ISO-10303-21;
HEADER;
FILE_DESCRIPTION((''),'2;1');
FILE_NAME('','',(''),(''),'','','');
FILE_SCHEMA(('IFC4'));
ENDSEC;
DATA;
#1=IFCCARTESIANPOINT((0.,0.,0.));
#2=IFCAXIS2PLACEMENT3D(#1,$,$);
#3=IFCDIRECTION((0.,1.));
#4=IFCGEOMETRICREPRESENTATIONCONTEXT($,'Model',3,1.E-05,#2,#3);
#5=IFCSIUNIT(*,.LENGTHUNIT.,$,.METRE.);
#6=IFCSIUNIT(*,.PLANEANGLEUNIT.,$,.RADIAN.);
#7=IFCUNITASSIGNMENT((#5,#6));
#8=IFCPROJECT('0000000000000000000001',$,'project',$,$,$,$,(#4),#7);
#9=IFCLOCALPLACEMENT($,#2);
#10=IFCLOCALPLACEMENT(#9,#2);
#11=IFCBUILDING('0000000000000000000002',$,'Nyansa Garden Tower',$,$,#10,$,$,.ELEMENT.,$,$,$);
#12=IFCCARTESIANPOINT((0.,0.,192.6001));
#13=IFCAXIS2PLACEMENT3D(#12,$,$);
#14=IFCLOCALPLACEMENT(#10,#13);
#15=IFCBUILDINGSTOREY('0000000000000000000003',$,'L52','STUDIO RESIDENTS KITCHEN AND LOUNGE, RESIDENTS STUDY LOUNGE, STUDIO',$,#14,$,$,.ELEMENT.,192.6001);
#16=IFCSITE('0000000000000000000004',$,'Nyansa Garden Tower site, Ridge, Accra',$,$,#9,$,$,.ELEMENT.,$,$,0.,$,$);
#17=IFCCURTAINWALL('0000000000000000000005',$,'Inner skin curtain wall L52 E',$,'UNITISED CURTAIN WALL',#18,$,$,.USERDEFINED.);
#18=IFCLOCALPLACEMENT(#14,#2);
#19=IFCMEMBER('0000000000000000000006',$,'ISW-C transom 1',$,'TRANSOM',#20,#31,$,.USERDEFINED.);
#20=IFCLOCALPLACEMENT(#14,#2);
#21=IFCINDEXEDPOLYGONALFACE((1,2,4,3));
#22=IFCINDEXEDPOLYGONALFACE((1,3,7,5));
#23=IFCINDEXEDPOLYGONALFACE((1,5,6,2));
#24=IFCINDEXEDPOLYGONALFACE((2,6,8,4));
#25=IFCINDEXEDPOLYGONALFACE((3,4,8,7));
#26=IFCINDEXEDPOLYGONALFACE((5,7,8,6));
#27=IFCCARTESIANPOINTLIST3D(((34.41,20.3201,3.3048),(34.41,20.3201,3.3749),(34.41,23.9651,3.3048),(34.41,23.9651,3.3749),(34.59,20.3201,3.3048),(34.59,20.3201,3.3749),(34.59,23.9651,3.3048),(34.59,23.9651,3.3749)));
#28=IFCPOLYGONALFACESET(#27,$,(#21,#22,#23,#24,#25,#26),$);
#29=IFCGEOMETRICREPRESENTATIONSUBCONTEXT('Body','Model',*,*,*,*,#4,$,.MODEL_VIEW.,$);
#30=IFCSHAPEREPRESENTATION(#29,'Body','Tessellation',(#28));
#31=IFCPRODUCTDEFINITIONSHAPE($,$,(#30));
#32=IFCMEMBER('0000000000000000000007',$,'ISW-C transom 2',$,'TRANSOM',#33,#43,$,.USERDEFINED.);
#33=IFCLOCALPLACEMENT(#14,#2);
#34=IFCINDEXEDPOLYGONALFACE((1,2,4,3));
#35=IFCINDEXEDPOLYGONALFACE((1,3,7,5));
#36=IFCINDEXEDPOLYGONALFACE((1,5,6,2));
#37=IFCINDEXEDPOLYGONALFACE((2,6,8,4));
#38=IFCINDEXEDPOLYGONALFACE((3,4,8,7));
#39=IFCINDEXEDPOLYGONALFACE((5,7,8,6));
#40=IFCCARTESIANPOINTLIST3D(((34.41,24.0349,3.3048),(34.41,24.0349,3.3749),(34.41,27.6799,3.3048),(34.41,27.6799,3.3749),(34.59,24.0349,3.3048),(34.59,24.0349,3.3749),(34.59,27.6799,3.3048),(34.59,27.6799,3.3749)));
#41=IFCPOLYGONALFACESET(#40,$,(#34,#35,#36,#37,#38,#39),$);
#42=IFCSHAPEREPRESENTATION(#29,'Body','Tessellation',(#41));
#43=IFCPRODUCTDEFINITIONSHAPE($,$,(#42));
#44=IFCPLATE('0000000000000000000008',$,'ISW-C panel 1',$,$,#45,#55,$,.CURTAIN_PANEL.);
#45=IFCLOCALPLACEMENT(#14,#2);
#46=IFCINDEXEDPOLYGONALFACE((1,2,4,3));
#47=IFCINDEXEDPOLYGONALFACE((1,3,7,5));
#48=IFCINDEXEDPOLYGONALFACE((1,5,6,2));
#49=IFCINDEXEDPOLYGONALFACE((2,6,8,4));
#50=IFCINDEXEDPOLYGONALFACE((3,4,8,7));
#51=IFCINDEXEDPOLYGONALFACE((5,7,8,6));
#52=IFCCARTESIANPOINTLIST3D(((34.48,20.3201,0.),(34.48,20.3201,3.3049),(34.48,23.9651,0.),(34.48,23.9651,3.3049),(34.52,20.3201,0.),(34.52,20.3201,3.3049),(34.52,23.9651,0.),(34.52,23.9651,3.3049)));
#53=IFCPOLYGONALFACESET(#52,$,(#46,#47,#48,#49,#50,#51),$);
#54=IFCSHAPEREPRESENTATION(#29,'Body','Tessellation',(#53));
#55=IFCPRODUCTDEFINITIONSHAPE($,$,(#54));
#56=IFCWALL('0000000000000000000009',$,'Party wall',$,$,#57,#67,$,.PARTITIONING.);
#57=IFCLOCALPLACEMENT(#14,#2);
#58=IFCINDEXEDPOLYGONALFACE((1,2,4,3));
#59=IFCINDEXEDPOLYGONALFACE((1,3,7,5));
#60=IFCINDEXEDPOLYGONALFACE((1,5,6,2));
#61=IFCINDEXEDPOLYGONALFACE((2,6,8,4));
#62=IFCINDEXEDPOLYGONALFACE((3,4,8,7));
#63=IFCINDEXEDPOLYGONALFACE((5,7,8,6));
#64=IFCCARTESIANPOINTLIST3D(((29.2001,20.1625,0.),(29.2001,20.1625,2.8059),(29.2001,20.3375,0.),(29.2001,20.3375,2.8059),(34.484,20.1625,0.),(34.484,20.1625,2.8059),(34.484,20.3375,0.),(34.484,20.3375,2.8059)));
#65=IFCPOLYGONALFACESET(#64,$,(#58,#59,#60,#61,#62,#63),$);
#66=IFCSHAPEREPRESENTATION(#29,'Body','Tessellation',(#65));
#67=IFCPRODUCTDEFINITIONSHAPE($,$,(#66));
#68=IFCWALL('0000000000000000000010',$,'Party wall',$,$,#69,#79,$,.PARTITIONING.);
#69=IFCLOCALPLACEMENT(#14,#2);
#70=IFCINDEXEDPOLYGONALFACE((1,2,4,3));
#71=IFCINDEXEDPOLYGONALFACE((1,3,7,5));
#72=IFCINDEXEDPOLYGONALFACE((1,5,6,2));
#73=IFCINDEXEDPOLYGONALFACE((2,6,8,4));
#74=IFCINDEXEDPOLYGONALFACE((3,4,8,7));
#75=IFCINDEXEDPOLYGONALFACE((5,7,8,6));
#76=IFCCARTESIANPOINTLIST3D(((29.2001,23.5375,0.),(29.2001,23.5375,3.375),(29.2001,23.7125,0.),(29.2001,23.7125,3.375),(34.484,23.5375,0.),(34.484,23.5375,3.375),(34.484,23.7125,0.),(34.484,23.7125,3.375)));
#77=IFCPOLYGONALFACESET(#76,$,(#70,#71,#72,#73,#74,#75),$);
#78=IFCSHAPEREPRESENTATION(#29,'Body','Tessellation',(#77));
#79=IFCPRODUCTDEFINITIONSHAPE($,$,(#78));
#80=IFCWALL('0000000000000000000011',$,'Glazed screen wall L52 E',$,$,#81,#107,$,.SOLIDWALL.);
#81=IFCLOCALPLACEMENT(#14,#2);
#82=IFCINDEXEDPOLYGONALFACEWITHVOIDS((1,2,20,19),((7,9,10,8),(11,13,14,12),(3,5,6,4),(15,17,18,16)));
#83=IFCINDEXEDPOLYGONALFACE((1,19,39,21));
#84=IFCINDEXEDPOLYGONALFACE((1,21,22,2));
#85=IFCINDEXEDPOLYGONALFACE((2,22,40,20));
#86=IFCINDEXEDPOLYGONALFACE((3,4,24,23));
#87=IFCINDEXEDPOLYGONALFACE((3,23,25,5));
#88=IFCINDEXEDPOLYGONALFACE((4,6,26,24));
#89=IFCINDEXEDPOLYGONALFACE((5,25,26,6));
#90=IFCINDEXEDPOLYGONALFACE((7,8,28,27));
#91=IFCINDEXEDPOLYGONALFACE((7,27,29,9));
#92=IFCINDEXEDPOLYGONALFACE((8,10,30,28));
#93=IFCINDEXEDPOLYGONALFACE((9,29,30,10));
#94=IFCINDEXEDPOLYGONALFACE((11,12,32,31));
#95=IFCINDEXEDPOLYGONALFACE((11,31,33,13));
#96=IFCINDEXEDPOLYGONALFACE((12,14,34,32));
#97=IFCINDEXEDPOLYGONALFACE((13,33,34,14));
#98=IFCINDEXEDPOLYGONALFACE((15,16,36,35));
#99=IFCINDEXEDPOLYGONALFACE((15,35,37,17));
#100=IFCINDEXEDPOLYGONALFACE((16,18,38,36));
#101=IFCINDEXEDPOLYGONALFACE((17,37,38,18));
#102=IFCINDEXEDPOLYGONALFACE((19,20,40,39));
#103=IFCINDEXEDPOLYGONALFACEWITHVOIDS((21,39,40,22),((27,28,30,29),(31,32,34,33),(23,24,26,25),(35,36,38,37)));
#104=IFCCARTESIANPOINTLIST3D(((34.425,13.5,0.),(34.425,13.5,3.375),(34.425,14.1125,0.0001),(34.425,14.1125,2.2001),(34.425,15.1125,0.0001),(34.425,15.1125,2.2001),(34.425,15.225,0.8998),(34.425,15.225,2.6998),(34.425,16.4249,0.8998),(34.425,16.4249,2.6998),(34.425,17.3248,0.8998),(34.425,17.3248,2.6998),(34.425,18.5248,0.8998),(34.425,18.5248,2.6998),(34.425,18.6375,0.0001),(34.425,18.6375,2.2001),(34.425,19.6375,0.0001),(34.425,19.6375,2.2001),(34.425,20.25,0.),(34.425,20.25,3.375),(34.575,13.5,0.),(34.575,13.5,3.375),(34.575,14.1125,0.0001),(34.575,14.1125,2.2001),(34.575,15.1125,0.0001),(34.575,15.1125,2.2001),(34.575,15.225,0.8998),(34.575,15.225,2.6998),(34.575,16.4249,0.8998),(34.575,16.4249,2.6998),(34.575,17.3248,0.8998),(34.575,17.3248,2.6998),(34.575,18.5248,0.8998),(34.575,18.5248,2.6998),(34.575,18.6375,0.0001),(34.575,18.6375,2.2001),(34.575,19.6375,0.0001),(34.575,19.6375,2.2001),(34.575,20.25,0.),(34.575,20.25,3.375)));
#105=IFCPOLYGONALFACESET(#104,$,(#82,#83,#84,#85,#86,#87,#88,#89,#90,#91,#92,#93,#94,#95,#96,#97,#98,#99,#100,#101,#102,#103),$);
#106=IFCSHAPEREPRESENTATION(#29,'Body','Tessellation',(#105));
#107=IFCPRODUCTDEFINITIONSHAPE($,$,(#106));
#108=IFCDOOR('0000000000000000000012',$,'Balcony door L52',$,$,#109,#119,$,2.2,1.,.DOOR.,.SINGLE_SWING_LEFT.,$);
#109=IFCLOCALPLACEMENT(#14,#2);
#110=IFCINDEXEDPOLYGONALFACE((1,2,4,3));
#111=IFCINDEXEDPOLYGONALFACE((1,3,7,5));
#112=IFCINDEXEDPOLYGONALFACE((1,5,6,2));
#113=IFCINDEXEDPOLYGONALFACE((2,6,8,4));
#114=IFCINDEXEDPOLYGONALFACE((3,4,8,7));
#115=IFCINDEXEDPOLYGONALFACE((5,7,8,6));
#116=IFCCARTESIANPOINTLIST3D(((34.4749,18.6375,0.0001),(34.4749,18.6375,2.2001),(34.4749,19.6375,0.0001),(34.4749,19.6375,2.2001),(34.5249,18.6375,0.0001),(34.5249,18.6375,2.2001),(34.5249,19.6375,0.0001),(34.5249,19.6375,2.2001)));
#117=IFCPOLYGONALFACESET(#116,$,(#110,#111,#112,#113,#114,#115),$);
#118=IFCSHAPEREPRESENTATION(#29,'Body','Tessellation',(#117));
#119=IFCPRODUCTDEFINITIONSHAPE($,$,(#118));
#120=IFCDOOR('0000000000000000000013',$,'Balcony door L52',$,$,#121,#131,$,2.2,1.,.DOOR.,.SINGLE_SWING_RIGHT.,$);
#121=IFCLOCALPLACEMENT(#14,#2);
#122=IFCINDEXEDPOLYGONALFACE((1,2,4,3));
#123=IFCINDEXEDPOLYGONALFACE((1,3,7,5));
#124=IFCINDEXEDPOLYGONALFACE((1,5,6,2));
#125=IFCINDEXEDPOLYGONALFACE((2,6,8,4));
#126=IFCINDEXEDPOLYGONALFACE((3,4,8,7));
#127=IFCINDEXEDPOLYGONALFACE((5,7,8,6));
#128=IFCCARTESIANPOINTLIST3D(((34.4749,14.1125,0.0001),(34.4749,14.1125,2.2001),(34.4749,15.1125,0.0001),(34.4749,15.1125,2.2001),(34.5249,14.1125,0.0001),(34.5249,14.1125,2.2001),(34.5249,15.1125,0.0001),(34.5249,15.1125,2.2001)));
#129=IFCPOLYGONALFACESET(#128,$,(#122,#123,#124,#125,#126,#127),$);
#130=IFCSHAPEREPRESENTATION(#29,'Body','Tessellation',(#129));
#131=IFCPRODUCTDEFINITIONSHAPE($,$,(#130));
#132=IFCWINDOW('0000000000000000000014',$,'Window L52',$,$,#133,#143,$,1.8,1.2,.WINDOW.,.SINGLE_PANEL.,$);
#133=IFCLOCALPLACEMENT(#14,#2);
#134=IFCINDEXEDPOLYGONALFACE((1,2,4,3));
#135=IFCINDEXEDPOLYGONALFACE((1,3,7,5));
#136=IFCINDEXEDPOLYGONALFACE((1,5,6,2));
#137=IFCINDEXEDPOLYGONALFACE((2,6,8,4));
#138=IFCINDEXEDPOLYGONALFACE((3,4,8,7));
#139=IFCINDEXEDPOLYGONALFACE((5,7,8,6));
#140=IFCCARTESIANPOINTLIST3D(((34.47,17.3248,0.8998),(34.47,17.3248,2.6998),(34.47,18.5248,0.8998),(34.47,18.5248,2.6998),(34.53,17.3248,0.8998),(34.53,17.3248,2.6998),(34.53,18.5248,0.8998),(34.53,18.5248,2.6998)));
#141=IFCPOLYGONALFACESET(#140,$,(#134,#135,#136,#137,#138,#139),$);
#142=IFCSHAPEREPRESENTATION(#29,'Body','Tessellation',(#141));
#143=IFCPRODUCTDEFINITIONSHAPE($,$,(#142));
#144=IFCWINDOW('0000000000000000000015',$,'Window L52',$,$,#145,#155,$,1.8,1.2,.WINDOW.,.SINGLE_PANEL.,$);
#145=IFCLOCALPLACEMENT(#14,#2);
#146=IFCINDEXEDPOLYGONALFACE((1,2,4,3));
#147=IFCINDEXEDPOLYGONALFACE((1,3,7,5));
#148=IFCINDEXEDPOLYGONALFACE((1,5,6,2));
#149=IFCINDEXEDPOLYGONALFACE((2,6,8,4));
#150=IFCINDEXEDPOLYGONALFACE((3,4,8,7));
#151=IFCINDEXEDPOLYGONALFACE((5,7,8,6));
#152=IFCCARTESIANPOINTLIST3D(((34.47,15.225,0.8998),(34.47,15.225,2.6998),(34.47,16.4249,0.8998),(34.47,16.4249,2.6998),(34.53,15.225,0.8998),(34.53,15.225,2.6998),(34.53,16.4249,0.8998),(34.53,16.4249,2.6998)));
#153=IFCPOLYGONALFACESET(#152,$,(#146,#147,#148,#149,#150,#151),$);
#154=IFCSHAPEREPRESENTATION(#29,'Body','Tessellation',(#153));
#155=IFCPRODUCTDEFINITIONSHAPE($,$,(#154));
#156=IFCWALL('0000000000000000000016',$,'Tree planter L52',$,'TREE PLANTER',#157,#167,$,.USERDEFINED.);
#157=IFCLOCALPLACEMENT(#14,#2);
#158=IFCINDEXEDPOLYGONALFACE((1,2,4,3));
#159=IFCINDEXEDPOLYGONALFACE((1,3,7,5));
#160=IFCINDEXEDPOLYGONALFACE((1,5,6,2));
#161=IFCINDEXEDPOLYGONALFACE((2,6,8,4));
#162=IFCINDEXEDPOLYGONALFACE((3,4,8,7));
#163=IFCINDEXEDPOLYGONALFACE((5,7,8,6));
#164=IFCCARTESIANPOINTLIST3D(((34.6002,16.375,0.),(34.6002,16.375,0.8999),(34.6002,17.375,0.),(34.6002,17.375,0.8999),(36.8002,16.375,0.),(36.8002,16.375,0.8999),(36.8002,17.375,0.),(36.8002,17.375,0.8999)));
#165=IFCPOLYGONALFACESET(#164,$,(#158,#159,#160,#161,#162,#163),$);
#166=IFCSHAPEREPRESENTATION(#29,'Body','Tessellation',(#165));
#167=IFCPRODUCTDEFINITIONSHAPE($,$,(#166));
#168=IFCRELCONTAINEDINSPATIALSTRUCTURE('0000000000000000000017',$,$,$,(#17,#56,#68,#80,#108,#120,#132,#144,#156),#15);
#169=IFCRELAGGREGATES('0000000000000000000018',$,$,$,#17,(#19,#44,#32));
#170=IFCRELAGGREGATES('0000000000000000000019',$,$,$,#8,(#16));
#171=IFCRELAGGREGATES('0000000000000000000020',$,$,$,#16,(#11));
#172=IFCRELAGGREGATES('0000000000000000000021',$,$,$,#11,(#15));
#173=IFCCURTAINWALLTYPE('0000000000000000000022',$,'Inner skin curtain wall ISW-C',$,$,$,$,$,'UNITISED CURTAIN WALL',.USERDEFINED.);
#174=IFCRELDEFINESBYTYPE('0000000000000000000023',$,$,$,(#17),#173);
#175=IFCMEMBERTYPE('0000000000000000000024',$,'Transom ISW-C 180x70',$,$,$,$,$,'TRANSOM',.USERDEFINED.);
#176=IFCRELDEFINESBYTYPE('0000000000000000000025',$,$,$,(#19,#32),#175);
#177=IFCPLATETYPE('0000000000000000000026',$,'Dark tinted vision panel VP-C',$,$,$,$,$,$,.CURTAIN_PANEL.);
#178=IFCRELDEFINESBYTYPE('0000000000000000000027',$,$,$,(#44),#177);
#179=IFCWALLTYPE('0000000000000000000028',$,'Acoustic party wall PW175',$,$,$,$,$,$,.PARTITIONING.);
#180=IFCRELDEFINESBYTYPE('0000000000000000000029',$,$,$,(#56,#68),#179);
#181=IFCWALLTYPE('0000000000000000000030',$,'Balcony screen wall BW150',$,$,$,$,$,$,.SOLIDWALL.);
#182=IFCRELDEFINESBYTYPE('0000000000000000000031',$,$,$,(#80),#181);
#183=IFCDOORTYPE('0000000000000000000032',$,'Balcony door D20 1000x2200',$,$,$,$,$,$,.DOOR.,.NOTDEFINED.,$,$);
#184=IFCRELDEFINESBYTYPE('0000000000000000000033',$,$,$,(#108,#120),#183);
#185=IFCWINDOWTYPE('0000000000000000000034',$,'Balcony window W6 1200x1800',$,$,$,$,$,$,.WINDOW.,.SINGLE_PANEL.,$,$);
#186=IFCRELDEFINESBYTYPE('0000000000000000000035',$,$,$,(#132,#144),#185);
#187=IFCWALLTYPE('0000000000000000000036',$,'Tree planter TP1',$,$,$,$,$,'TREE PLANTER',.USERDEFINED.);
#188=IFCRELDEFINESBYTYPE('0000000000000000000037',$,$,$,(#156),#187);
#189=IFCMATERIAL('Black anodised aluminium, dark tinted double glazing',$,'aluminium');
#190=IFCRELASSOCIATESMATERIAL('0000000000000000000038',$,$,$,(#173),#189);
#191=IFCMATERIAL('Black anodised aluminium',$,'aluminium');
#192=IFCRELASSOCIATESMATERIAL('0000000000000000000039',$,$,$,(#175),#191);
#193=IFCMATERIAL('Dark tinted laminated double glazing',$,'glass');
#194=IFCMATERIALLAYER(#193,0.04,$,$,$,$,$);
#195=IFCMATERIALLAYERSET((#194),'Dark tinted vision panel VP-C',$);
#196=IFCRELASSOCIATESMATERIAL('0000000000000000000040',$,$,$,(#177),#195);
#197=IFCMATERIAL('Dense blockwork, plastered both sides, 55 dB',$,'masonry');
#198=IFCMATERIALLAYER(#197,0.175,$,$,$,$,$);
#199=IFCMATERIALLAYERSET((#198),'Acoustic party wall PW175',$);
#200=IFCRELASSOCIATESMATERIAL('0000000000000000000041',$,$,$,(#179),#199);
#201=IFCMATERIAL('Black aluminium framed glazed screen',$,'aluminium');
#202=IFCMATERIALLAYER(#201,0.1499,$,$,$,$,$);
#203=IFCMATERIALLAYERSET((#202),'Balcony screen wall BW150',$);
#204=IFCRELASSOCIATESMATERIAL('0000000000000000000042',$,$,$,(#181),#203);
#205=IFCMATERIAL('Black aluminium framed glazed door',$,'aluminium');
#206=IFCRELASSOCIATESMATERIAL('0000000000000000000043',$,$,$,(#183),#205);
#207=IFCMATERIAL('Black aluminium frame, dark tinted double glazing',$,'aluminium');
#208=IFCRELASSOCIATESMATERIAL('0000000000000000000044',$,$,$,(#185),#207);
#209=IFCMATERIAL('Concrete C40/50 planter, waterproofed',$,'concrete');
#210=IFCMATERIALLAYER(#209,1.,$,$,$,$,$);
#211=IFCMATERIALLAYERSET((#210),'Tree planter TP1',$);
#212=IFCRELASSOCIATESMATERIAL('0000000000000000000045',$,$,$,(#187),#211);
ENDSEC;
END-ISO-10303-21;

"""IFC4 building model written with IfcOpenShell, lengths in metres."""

from ifc_helpers import new_model, si_unit, direction, frame, frame_2d, origin, origin_2d, place, context, subcontext, project, spatial, rectangle, extrude, material, layer, layer_set, material_profile, profile_set, type_object, element, fill, aggregate, save


model = new_model("IFC4")

# Units and contexts
model_context = context("Model", 3, precision=1e-05, world=origin(), true_north=direction((0.0, 1.0)))
body_context = subcontext(model_context, "Body", "Model", "MODEL_VIEW")
ifc_project = project(units=[si_unit("LENGTHUNIT", "METRE"), si_unit("PLANEANGLEUNIT", "RADIAN")], contexts=[model_context])

# Site, building, storey
site_placement = place(None, origin())
site = spatial("IfcSite", under=ifc_project, at=site_placement, Name="Nyansa Garden Tower site, Ridge, Accra", CompositionType="ELEMENT", RefElevation=0.0)
building_placement = place(site_placement, origin())
building = spatial("IfcBuilding", under=site, at=building_placement, Name="Nyansa Garden Tower", CompositionType="ELEMENT")
storey_placement = place(building_placement, frame((0.0, 0.0, 192.6001)))
storey = spatial("IfcBuildingStorey", under=building, at=storey_placement, Name="L52", Description="STUDIO RESIDENTS KITCHEN AND LOUNGE, RESIDENTS STUDY LOUNGE, STUDIO", CompositionType="ELEMENT", Elevation=192.6001)

# Curtain wall
ifc_material_1 = material(Name="Black anodised aluminium, dark tinted double glazing", Category="aluminium")
curtain_wall_type = type_object("IfcCurtainWallType", Name="Inner skin curtain wall ISW-C", ElementType="UNITISED CURTAIN WALL", PredefinedType="USERDEFINED", material=ifc_material_1)
curtain_wall_placement = place(storey_placement, origin())
curtain_wall = element("IfcCurtainWall", 1, at=curtain_wall_placement, inside=storey, type_object=curtain_wall_type, Name="Inner skin curtain wall L52 E", ObjectType="UNITISED CURTAIN WALL", PredefinedType="USERDEFINED")

# Members
ifc_material_2 = material(Name="Black anodised aluminium", Category="aluminium")
ifc_material_profile_1 = material_profile(ifc_material_2, rectangle(XDim=0.1799, YDim=0.0701, at=origin_2d()), Name="Transom 180x70")
ifc_profile_set_1 = profile_set([ifc_material_profile_1], Name="Black anodised aluminium")
member_type_1 = type_object("IfcMemberType", Name="Transom ISW-C 180x70", ElementType="TRANSOM", PredefinedType="USERDEFINED", material=ifc_profile_set_1)
member_1_placement = place(storey_placement, frame((34.5, 20.3201, 3.3398), z_axis=(0.0, 1.0, 0.0), x_axis=(-1.0, 0.0, 0.0)))
member_1 = element("IfcMember", 2, at=member_1_placement, type_object=member_type_1, Name="ISW-C transom 1", ObjectType="TRANSOM", PredefinedType="USERDEFINED", context=body_context, shape_type="SweptSolid", body=[
    extrude(rectangle(XDim=0.1799, YDim=0.0701, at=origin_2d()), origin(), (0.0, 0.0, 1.0), 3.645),
])
member_2_placement = place(storey_placement, frame((34.5, 24.0349, 3.3398), z_axis=(0.0, 1.0, 0.0), x_axis=(-1.0, 0.0, 0.0)))
member_2 = element("IfcMember", 3, at=member_2_placement, type_object=member_type_1, Name="ISW-C transom 2", ObjectType="TRANSOM", PredefinedType="USERDEFINED", context=body_context, shape_type="SweptSolid", body=[
    extrude(rectangle(XDim=0.1799, YDim=0.0701, at=origin_2d()), origin(), (0.0, 0.0, 1.0), 3.645),
])

# Plate
ifc_material_3 = material(Name="Dark tinted laminated double glazing", Category="glass")
ifc_layer_1 = layer(ifc_material_3, 0.04)
ifc_layer_set_1 = layer_set([ifc_layer_1], Name="Dark tinted vision panel VP-C")
plate_type = type_object("IfcPlateType", Name="Dark tinted vision panel VP-C", PredefinedType="CURTAIN_PANEL", material=ifc_layer_set_1)
plate_placement = place(storey_placement, frame((34.5, 22.1426, 0.0), z_axis=(0.0, 0.0, 1.0), x_axis=(0.0, 1.0, 0.0)))
plate = element("IfcPlate", 4, at=plate_placement, type_object=plate_type, Name="ISW-C panel 1", PredefinedType="CURTAIN_PANEL", context=body_context, shape_type="SweptSolid", body=[
    extrude(rectangle(XDim=3.645, YDim=0.04, at=origin_2d()), origin(), (0.0, 0.0, 1.0), 3.3049),
])
aggregate(curtain_wall, [member_1, plate, member_2])

# Walls
ifc_material_4 = material(Name="Dense blockwork, plastered both sides, 55 dB", Category="masonry")
ifc_layer_2 = layer(ifc_material_4, 0.175)
ifc_layer_set_2 = layer_set([ifc_layer_2], Name="Acoustic party wall PW175")
wall_type_1 = type_object("IfcWallType", Name="Acoustic party wall PW175", PredefinedType="PARTITIONING", material=ifc_layer_set_2)
wall_1_placement = place(storey_placement, frame((29.2, 20.25, 0.0), z_axis=(0.0, 0.0, 1.0), x_axis=(1.0, 0.0, 0.0)))
element("IfcWall", 5, at=wall_1_placement, inside=storey, type_object=wall_type_1, Name="Party wall", PredefinedType="PARTITIONING", context=body_context, shape_type="SweptSolid", body=[
    extrude(rectangle(XDim=5.2839, YDim=0.175, at=frame_2d((2.6421, 0.0))), origin(), (0.0, 0.0, 1.0), 2.8059),
])
wall_2_placement = place(storey_placement, frame((29.2, 23.625, 0.0), z_axis=(0.0, 0.0, 1.0), x_axis=(1.0, 0.0, 0.0)))
element("IfcWall", 6, at=wall_2_placement, inside=storey, type_object=wall_type_1, Name="Party wall", PredefinedType="PARTITIONING", context=body_context, shape_type="SweptSolid", body=[
    extrude(rectangle(XDim=5.2839, YDim=0.175, at=frame_2d((2.6421, 0.0))), origin(), (0.0, 0.0, 1.0), 3.375),
])

# Wall, openings, doors, windows
ifc_material_5 = material(Name="Black aluminium framed glazed screen", Category="aluminium")
ifc_layer_3 = layer(ifc_material_5, 0.1499)
ifc_layer_set_3 = layer_set([ifc_layer_3], Name="Balcony screen wall BW150")
wall_type_2 = type_object("IfcWallType", Name="Balcony screen wall BW150", PredefinedType="SOLIDWALL", material=ifc_layer_set_3)
wall_3_placement = place(storey_placement, frame((34.5, 20.25, 0.0), z_axis=(0.0, 0.0, 1.0), x_axis=(0.0, -1.0, 0.0)))
wall_3 = element("IfcWall", 7, at=wall_3_placement, inside=storey, type_object=wall_type_2, Name="Glazed screen wall L52 E", PredefinedType="SOLIDWALL", context=body_context, shape_type="SweptSolid", body=[
    extrude(rectangle(XDim=6.75, YDim=0.1499, at=frame_2d((3.375, 0.0))), origin(), (0.0, 0.0, 1.0), 3.375),
])
opening_1_placement = place(wall_3_placement, frame((0.6125, 0.0, 0.0)))
opening_1 = element("IfcOpeningElement", 8, at=opening_1_placement, cuts=wall_3, PredefinedType="OPENING", context=body_context, shape_type="SweptSolid", body=[
    extrude(rectangle(XDim=1.0, YDim=2.2, at=frame_2d((0.5, 1.1001))), frame((0.0, 0.085, 0.0), z_axis=(0.0, -1.0, 0.0), x_axis=(1.0, 0.0, 0.0)), (0.0, 0.0, 1.0), 0.1699),
])
opening_2_placement = place(wall_3_placement, frame((1.7251, 0.0, 0.8999)))
opening_2 = element("IfcOpeningElement", 9, at=opening_2_placement, cuts=wall_3, PredefinedType="OPENING", context=body_context, shape_type="SweptSolid", body=[
    extrude(rectangle(XDim=1.2, YDim=1.8, at=frame_2d((0.6001, 0.8999))), frame((0.0, 0.085, 0.0), z_axis=(0.0, -1.0, 0.0), x_axis=(1.0, 0.0, 0.0)), (0.0, 0.0, 1.0), 0.1699),
])
opening_3_placement = place(wall_3_placement, frame((5.1375, 0.0, 0.0)))
opening_3 = element("IfcOpeningElement", 10, at=opening_3_placement, cuts=wall_3, PredefinedType="OPENING", context=body_context, shape_type="SweptSolid", body=[
    extrude(rectangle(XDim=1.0, YDim=2.2, at=frame_2d((0.5, 1.1001))), frame((0.0, 0.085, 0.0), z_axis=(0.0, -1.0, 0.0), x_axis=(1.0, 0.0, 0.0)), (0.0, 0.0, 1.0), 0.1699),
])
opening_4_placement = place(wall_3_placement, frame((3.825, 0.0, 0.8999)))
opening_4 = element("IfcOpeningElement", 11, at=opening_4_placement, cuts=wall_3, PredefinedType="OPENING", context=body_context, shape_type="SweptSolid", body=[
    extrude(rectangle(XDim=1.2, YDim=1.8, at=frame_2d((0.6001, 0.8999))), frame((0.0, 0.085, 0.0), z_axis=(0.0, -1.0, 0.0), x_axis=(1.0, 0.0, 0.0)), (0.0, 0.0, 1.0), 0.1699),
])
ifc_material_6 = material(Name="Black aluminium framed glazed door", Category="aluminium")
door_type_1 = type_object("IfcDoorType", Name="Balcony door D20 1000x2200", OperationType="NOTDEFINED", PredefinedType="DOOR", material=ifc_material_6)
door_1_placement = place(opening_1_placement, origin())
door_1 = element("IfcDoor", 12, at=door_1_placement, inside=storey, type_object=door_type_1, Name="Balcony door L52", OperationType="SINGLE_SWING_LEFT", OverallHeight=2.2, OverallWidth=1.0, PredefinedType="DOOR", context=body_context, shape_type="SweptSolid", body=[
    extrude(rectangle(XDim=1.0, YDim=2.2, at=frame_2d((0.5, 1.1001))), frame((0.0, 0.0249, 0.0), z_axis=(0.0, -1.0, 0.0), x_axis=(1.0, 0.0, 0.0)), (0.0, 0.0, 1.0), 0.05),
])
fill(opening_1, door_1)
door_2_placement = place(opening_3_placement, origin())
door_2 = element("IfcDoor", 13, at=door_2_placement, inside=storey, type_object=door_type_1, Name="Balcony door L52", OperationType="SINGLE_SWING_RIGHT", OverallHeight=2.2, OverallWidth=1.0, PredefinedType="DOOR", context=body_context, shape_type="SweptSolid", body=[
    extrude(rectangle(XDim=1.0, YDim=2.2, at=frame_2d((0.5, 1.1001))), frame((0.0, 0.0249, 0.0), z_axis=(0.0, -1.0, 0.0), x_axis=(1.0, 0.0, 0.0)), (0.0, 0.0, 1.0), 0.05),
])
fill(opening_3, door_2)
ifc_material_7 = material(Name="Black aluminium frame, dark tinted double glazing", Category="aluminium")
window_type = type_object("IfcWindowType", Name="Balcony window W6 1200x1800", PartitioningType="SINGLE_PANEL", PredefinedType="WINDOW", material=ifc_material_7)
window_1_placement = place(opening_2_placement, origin())
window_1 = element("IfcWindow", 14, at=window_1_placement, inside=storey, type_object=window_type, Name="Window L52", OverallHeight=1.8, OverallWidth=1.2, PartitioningType="SINGLE_PANEL", PredefinedType="WINDOW", context=body_context, shape_type="SweptSolid", body=[
    extrude(rectangle(XDim=1.2, YDim=1.8, at=frame_2d((0.6001, 0.8999))), frame((0.0, 0.03, 0.0), z_axis=(0.0, -1.0, 0.0), x_axis=(1.0, 0.0, 0.0)), (0.0, 0.0, 1.0), 0.0601),
])
fill(opening_2, window_1)
window_2_placement = place(opening_4_placement, origin())
window_2 = element("IfcWindow", 15, at=window_2_placement, inside=storey, type_object=window_type, Name="Window L52", OverallHeight=1.8, OverallWidth=1.2, PartitioningType="SINGLE_PANEL", PredefinedType="WINDOW", context=body_context, shape_type="SweptSolid", body=[
    extrude(rectangle(XDim=1.2, YDim=1.8, at=frame_2d((0.6001, 0.8999))), frame((0.0, 0.03, 0.0), z_axis=(0.0, -1.0, 0.0), x_axis=(1.0, 0.0, 0.0)), (0.0, 0.0, 1.0), 0.0601),
])
fill(opening_4, window_2)

# Wall
ifc_material_8 = material(Name="Concrete C40/50 planter, waterproofed", Category="concrete")
ifc_layer_4 = layer(ifc_material_8, 1.0)
ifc_layer_set_4 = layer_set([ifc_layer_4], Name="Tree planter TP1")
wall_type_3 = type_object("IfcWallType", Name="Tree planter TP1", ElementType="TREE PLANTER", PredefinedType="USERDEFINED", material=ifc_layer_set_4)
wall_4_placement = place(storey_placement, frame((34.6001, 16.875, 0.0), z_axis=(0.0, 0.0, 1.0), x_axis=(1.0, 0.0, 0.0)))
element("IfcWall", 16, at=wall_4_placement, inside=storey, type_object=wall_type_3, Name="Tree planter L52", ObjectType="TREE PLANTER", PredefinedType="USERDEFINED", context=body_context, shape_type="SweptSolid", body=[
    extrude(rectangle(XDim=2.2, YDim=1.0, at=frame_2d((1.1001, 0.0))), origin(), (0.0, 0.0, 1.0), 0.8999),
])

save(model, "model.ifc")
